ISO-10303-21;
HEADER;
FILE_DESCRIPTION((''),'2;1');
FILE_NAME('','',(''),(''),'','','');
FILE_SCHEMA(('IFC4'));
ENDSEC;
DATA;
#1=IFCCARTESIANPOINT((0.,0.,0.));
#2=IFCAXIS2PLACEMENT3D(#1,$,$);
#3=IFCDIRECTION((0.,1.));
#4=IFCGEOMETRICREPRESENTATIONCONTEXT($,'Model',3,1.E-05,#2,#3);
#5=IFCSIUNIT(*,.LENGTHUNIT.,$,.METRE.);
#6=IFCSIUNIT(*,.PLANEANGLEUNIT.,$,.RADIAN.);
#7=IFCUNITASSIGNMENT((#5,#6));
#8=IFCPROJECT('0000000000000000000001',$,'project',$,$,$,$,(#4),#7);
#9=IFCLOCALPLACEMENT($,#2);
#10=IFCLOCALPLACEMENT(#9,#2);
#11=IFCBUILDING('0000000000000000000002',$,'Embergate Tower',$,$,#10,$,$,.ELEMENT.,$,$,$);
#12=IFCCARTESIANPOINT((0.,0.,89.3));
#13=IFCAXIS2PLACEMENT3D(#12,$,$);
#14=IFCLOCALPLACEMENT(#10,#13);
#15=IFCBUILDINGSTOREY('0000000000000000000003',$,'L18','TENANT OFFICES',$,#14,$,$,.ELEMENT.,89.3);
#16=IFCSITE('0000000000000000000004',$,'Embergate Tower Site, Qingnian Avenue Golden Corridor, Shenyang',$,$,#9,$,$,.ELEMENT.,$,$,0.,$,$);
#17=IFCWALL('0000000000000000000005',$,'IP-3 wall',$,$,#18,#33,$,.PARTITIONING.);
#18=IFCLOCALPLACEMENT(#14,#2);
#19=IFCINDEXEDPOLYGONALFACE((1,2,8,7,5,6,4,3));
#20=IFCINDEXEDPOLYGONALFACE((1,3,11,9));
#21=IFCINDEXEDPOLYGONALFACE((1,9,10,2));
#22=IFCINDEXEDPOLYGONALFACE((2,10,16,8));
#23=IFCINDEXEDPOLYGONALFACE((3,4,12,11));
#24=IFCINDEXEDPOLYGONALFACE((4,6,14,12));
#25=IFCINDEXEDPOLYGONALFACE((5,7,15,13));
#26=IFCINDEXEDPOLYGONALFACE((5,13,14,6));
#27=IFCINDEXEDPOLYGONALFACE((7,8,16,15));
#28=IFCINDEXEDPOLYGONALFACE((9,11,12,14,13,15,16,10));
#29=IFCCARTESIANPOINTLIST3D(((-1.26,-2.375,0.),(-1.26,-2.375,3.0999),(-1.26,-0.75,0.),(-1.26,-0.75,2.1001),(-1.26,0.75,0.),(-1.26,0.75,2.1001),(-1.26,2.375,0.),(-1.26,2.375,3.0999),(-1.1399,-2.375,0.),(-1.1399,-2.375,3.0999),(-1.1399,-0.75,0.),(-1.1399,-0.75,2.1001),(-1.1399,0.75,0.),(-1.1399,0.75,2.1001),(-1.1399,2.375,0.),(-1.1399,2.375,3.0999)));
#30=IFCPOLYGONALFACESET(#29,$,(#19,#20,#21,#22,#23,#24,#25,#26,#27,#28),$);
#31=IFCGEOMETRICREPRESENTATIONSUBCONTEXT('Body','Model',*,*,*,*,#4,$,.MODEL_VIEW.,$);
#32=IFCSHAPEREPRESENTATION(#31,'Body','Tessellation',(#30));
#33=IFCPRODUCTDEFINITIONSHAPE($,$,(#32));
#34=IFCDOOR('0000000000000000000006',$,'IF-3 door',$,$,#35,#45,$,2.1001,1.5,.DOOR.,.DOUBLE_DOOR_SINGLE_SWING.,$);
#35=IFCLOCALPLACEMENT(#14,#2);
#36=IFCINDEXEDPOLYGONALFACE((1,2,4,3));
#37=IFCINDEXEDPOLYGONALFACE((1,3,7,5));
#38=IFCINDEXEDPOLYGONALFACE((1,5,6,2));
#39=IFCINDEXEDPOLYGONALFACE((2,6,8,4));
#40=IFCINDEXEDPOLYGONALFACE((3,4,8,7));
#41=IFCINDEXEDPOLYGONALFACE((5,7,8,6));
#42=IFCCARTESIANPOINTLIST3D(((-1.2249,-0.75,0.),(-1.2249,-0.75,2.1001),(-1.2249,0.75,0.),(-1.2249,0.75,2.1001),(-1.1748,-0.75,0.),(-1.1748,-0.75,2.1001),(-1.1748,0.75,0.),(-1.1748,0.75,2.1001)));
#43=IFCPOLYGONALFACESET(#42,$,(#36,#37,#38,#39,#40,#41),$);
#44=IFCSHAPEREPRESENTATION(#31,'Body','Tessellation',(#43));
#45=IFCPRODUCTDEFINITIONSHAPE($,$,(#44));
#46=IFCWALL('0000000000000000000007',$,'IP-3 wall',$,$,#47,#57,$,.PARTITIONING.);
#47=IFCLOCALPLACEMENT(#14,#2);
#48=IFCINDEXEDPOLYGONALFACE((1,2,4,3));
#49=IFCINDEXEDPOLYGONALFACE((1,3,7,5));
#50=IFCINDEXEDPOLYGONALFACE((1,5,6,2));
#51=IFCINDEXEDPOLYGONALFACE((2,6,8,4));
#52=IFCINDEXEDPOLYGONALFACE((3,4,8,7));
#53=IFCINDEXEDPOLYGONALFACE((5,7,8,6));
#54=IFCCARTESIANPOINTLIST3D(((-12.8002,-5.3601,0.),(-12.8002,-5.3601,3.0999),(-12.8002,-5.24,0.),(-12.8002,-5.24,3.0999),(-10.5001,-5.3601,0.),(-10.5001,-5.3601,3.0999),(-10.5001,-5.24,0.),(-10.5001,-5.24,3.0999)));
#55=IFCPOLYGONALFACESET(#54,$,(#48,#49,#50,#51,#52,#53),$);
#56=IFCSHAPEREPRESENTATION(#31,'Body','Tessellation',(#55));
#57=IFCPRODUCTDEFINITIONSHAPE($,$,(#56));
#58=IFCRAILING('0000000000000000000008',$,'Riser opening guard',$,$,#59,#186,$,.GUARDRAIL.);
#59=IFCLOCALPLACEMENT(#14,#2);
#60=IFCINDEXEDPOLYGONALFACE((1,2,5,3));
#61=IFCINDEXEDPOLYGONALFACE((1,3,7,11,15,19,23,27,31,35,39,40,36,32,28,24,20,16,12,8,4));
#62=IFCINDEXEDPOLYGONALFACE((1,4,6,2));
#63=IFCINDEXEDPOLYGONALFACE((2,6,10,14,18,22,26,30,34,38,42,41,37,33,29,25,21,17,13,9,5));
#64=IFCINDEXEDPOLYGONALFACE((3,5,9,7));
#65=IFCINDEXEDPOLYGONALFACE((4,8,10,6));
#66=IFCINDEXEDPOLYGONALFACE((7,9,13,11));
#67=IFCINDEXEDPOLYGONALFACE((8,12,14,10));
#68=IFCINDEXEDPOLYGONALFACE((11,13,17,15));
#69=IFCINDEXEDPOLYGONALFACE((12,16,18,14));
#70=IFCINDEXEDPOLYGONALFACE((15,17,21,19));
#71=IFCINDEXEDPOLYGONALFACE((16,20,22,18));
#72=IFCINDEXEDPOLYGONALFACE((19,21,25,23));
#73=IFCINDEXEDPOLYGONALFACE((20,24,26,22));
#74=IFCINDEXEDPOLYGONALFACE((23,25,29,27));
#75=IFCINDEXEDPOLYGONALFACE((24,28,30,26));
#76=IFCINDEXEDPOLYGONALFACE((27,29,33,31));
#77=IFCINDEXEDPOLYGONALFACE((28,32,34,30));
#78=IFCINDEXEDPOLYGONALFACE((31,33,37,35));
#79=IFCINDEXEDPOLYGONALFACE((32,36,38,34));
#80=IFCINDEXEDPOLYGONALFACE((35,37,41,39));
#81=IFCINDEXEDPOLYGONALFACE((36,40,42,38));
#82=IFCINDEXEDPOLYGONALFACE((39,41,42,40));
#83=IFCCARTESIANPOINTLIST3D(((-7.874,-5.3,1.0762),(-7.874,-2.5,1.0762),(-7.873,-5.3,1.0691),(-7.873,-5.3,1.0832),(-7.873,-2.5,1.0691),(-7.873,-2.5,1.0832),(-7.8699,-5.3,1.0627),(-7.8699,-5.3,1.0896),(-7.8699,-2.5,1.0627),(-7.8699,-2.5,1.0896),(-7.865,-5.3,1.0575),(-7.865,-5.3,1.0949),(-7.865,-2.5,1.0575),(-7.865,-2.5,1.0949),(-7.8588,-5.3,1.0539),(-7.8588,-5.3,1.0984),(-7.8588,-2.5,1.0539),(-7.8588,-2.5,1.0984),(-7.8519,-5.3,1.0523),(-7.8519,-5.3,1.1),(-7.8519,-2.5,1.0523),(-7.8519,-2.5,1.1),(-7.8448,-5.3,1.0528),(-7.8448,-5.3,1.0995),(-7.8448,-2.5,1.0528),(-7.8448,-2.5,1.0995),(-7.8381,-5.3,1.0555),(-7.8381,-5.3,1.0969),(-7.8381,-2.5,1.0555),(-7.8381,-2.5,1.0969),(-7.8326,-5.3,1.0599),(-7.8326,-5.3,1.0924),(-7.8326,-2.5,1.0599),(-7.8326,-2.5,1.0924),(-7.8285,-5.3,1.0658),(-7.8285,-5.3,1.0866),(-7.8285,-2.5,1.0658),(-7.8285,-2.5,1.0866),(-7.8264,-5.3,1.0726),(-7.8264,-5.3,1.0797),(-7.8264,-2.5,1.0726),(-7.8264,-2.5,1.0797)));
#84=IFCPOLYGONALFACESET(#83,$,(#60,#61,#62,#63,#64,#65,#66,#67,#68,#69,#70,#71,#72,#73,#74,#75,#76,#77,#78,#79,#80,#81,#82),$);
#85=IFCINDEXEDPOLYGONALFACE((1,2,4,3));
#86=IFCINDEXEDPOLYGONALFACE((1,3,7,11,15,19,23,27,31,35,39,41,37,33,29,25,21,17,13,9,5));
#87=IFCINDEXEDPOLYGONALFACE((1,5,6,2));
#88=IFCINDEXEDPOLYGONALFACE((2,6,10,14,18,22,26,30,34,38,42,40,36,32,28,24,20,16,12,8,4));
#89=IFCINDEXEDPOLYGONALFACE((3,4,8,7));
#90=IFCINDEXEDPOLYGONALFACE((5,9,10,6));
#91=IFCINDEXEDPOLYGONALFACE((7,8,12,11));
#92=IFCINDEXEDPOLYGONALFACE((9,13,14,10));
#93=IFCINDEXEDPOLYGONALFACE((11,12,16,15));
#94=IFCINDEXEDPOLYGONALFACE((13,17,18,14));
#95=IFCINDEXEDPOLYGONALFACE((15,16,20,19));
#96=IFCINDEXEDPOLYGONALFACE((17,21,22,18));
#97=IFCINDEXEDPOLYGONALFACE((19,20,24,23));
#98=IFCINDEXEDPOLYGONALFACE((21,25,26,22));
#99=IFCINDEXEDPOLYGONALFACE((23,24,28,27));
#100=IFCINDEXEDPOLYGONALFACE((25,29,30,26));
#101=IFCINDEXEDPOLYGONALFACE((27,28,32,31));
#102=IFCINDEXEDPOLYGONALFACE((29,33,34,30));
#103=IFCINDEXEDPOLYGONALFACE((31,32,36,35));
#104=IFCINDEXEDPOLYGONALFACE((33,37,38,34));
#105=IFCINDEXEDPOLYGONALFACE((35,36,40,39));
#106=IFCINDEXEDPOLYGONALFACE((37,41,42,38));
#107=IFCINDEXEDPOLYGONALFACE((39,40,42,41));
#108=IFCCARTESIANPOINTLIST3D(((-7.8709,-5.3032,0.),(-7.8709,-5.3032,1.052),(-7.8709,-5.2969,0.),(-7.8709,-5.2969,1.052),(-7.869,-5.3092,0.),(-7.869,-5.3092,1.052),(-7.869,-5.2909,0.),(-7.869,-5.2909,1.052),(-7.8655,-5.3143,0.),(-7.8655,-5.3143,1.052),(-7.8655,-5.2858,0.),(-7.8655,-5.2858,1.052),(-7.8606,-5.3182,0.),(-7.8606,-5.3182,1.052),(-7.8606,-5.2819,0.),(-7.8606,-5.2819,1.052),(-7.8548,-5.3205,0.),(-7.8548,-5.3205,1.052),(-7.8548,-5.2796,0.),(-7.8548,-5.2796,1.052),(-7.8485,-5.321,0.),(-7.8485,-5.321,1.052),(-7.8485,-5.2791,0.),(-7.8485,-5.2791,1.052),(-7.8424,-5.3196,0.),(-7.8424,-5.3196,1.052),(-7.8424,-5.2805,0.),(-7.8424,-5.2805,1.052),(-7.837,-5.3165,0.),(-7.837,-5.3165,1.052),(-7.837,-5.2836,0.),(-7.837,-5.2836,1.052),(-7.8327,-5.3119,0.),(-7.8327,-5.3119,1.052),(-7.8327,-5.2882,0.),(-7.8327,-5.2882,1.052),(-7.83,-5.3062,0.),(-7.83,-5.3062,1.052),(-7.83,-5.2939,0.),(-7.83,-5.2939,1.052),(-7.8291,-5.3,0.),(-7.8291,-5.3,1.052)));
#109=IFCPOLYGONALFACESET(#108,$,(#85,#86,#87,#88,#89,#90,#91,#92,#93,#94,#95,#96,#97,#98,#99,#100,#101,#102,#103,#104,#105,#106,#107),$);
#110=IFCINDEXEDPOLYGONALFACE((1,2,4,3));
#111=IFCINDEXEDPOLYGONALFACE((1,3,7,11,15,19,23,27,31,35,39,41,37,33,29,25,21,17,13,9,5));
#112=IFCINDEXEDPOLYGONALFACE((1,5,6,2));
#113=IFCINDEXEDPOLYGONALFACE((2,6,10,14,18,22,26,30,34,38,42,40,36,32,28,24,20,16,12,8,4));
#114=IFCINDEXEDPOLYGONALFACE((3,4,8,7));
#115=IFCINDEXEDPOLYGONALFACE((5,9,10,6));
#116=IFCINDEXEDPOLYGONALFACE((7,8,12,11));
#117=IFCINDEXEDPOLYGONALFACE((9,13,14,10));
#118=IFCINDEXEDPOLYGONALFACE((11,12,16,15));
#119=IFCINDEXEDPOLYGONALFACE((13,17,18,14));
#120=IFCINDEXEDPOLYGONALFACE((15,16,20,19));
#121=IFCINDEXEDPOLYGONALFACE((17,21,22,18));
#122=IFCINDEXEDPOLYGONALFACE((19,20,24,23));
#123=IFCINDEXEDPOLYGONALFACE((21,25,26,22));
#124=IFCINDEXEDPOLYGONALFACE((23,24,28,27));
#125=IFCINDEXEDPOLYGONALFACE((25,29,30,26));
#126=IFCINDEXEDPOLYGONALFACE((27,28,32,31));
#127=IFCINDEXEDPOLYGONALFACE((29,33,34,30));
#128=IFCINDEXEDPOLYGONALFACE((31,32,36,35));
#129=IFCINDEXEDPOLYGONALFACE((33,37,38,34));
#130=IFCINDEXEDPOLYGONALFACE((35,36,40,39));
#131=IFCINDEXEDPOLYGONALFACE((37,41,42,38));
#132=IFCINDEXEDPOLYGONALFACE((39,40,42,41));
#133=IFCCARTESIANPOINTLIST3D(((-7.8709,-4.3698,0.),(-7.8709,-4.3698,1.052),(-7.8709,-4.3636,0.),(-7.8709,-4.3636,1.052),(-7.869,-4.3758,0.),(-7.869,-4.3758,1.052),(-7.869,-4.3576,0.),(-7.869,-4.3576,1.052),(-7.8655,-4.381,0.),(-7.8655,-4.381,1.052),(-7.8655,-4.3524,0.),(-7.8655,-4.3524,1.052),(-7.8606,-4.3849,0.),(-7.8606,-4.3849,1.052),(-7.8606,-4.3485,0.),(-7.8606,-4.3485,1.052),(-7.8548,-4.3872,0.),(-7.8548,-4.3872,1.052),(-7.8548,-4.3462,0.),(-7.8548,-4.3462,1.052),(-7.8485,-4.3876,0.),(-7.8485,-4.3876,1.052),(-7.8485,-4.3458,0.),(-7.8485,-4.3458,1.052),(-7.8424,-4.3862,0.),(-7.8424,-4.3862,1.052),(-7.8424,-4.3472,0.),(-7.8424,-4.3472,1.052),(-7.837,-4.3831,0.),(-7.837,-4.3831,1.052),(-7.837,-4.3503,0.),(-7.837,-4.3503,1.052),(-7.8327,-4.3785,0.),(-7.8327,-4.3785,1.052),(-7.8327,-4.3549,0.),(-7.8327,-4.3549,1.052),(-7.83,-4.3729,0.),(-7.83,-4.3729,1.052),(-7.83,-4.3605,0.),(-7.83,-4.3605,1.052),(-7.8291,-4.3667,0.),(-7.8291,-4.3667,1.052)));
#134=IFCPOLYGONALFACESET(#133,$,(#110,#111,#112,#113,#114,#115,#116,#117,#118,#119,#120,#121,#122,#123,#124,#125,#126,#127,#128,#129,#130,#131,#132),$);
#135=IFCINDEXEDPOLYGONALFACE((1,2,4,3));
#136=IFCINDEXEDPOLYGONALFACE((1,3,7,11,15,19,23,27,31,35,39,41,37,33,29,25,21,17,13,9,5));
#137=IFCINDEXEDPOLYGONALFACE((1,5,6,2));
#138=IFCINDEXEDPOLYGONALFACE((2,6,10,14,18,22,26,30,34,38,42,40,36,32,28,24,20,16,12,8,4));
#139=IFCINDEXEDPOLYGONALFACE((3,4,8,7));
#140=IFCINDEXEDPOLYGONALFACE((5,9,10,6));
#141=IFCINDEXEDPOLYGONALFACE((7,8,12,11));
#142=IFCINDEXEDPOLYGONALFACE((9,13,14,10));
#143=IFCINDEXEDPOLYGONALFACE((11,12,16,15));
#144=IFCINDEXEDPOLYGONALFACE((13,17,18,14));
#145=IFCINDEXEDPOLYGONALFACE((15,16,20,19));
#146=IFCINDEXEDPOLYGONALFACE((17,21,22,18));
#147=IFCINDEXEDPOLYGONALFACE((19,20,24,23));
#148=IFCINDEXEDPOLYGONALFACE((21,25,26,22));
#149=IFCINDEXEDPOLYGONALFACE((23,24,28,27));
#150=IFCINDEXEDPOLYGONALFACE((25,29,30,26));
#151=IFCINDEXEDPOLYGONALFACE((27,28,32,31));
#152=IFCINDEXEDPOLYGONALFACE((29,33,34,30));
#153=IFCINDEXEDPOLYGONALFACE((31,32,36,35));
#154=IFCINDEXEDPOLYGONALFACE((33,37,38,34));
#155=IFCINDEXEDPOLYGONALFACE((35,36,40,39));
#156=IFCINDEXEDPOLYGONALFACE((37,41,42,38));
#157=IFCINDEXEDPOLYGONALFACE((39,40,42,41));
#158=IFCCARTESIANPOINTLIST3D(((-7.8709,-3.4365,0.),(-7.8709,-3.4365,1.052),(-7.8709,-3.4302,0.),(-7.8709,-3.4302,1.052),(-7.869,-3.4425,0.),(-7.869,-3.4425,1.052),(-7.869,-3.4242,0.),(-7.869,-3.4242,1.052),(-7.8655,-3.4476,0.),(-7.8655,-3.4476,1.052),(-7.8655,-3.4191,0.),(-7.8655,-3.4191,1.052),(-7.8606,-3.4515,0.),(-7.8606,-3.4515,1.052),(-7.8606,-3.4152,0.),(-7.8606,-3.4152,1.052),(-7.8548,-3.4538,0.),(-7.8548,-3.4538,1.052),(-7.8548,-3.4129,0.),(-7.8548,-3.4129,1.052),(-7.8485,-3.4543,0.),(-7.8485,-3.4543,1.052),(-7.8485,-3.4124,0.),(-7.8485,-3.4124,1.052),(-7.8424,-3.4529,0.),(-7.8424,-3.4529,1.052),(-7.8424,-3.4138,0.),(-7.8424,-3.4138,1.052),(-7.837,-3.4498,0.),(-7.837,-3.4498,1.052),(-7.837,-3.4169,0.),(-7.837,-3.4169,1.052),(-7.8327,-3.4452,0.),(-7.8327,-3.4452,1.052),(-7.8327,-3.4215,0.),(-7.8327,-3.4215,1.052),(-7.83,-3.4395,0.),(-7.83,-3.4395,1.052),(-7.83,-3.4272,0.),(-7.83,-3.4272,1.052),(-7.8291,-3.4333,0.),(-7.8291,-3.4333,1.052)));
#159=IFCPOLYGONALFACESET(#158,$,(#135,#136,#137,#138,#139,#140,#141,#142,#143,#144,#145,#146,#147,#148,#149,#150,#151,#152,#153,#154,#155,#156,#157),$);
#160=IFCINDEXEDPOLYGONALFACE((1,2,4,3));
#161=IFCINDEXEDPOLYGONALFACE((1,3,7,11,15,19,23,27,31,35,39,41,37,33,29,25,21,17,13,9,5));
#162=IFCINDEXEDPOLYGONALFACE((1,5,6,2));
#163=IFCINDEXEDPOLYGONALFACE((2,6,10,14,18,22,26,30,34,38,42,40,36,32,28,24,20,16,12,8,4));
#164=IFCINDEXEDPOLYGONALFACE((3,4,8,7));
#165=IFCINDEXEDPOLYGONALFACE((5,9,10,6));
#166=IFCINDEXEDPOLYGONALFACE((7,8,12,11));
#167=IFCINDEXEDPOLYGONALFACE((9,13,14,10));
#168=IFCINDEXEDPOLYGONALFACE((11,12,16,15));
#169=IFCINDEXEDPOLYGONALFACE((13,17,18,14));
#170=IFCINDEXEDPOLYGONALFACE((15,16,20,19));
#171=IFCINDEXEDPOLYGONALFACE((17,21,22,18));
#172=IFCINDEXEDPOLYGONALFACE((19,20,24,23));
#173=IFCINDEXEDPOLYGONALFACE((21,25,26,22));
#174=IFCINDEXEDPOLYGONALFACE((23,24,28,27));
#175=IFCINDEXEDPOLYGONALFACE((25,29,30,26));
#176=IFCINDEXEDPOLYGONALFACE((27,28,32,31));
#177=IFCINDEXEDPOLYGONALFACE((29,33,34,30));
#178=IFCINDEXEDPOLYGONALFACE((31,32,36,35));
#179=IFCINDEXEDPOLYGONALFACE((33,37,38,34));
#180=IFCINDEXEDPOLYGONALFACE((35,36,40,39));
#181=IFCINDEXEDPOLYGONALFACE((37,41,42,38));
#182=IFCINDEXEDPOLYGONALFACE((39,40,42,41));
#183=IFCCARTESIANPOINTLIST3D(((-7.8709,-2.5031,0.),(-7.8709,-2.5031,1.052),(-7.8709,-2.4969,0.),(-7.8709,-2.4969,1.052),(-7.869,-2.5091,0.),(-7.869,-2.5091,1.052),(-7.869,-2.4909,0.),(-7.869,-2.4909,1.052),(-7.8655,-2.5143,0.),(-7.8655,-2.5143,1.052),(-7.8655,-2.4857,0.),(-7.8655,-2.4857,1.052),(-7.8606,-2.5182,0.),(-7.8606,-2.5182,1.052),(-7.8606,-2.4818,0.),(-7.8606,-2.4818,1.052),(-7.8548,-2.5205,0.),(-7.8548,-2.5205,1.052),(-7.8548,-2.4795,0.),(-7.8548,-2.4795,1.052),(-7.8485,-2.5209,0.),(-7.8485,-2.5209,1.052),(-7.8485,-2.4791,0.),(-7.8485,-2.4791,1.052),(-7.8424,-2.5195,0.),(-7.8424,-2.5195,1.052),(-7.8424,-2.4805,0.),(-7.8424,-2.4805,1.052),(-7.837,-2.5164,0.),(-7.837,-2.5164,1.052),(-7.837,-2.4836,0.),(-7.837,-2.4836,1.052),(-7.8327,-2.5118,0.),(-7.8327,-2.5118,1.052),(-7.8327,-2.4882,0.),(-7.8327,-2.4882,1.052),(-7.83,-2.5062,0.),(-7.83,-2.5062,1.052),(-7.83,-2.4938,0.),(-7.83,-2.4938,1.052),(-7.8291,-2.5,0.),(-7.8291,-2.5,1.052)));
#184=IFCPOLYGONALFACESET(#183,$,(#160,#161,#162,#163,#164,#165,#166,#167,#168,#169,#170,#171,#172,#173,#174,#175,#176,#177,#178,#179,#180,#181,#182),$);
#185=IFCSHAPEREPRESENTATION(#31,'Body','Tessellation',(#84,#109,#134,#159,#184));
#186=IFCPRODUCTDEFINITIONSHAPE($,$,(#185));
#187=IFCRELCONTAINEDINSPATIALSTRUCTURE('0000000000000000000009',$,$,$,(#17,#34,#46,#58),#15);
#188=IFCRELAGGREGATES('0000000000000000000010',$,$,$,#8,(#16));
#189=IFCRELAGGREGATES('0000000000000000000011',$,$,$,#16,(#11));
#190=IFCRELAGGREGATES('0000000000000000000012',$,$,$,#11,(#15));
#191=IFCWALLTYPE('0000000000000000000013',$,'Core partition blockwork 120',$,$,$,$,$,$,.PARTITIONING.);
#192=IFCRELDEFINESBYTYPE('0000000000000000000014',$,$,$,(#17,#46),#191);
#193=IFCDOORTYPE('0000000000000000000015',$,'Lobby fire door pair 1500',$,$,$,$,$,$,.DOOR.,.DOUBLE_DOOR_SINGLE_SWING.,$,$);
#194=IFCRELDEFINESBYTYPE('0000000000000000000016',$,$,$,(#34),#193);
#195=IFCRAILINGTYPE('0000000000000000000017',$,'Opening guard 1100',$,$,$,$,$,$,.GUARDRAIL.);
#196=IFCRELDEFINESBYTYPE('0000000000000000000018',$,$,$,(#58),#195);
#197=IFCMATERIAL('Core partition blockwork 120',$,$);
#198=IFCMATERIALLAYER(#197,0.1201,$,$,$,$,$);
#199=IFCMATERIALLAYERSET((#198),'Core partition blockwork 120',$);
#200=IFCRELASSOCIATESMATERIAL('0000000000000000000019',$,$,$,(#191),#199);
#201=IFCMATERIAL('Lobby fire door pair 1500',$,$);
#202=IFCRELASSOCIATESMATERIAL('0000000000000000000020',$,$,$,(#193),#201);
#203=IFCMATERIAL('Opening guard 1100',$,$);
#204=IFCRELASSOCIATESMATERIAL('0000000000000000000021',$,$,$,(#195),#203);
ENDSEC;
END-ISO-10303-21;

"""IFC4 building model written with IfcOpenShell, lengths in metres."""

from ifc_helpers import new_model, si_unit, direction, frame, frame_2d, origin, origin_2d, place, context, subcontext, project, spatial, rectangle, circle, extrude, source, transform, mapped, material, layer, layer_set, type_object, element, fill, save


model = new_model("IFC4")

# Units and contexts
model_context = context("Model", 3, precision=1e-05, world=origin(), true_north=direction((0.0, 1.0)))
body_context = subcontext(model_context, "Body", "Model", "MODEL_VIEW")
ifc_project = project(units=[si_unit("LENGTHUNIT", "METRE"), si_unit("PLANEANGLEUNIT", "RADIAN")], contexts=[model_context])

# Site, building, storey
site_placement = place(None, origin())
site = spatial("IfcSite", under=ifc_project, at=site_placement, Name="Embergate Tower Site, Qingnian Avenue Golden Corridor, Shenyang", CompositionType="ELEMENT", RefElevation=0.0)
building_placement = place(site_placement, origin())
building = spatial("IfcBuilding", under=site, at=building_placement, Name="Embergate Tower", CompositionType="ELEMENT")
storey_placement = place(building_placement, frame((0.0, 0.0, 89.3)))
storey = spatial("IfcBuildingStorey", under=building, at=storey_placement, Name="L18", Description="TENANT OFFICES", CompositionType="ELEMENT", Elevation=89.3)

# Wall, opening, door
ifc_material_1 = material(Name="Core partition blockwork 120")
ifc_layer_1 = layer(ifc_material_1, 0.1201)
ifc_layer_set_1 = layer_set([ifc_layer_1], Name="Core partition blockwork 120")
wall_type_1 = type_object("IfcWallType", Name="Core partition blockwork 120", PredefinedType="PARTITIONING", material=ifc_layer_set_1)
shared_shape_1 = source(origin(), body_context, "Body", "SweptSolid", [
    extrude(rectangle(XDim=4.75, YDim=0.1201, at=frame_2d((2.375, 0.0))), origin(), (0.0, 0.0, 1.0), 3.0999),
])
wall_1_placement = place(storey_placement, frame((-1.2, -2.375, 0.0), z_axis=(0.0, 0.0, 1.0), x_axis=(0.0, 1.0, 0.0)))
wall_1 = element("IfcWall", 1, at=wall_1_placement, inside=storey, type_object=wall_type_1, Name="IP-3 wall", PredefinedType="PARTITIONING", context=body_context, shape_type="MappedRepresentation", body=[
    mapped(shared_shape_1, transform((0.0, 0.0, 0.0))),
])
shared_shape_2 = source(origin(), body_context, "Body", "SweptSolid", [
    extrude(rectangle(XDim=1.5, YDim=2.1001, at=frame_2d((0.75, 1.05))), frame((0.0, 0.0701, 0.0), z_axis=(0.0, -1.0, 0.0), x_axis=(1.0, 0.0, 0.0)), (0.0, 0.0, 1.0), 0.1401),
])
opening_1_placement = place(wall_1_placement, frame((1.625, 0.0, 0.0)))
opening_1 = element("IfcOpeningElement", 2, at=opening_1_placement, cuts=wall_1, PredefinedType="OPENING", context=body_context, shape_type="MappedRepresentation", body=[
    mapped(shared_shape_2, transform((0.0, 0.0, 0.0))),
])
ifc_material_2 = material(Name="Lobby fire door pair 1500")
door_type_1 = type_object("IfcDoorType", Name="Lobby fire door pair 1500", OperationType="DOUBLE_DOOR_SINGLE_SWING", PredefinedType="DOOR", material=ifc_material_2)
shared_shape_3 = source(origin(), body_context, "Body", "SweptSolid", [
    extrude(rectangle(XDim=1.5, YDim=2.1001, at=frame_2d((0.75, 1.05))), frame((0.0, 0.0249, 0.0), z_axis=(0.0, -1.0, 0.0), x_axis=(1.0, 0.0, 0.0)), (0.0, 0.0, 1.0), 0.05),
])
door_1_placement = place(opening_1_placement, origin())
door_1 = element("IfcDoor", 3, at=door_1_placement, inside=storey, type_object=door_type_1, Name="IF-3 door", OperationType="DOUBLE_DOOR_SINGLE_SWING", OverallHeight=2.1001, OverallWidth=1.5, PredefinedType="DOOR", context=body_context, shape_type="MappedRepresentation", body=[
    mapped(shared_shape_3, transform((0.0, 0.0, 0.0))),
])
fill(opening_1, door_1)

# Wall
shared_shape_4 = source(origin(), body_context, "Body", "SweptSolid", [
    extrude(rectangle(XDim=2.3, YDim=0.1201, at=frame_2d((1.1499, 0.0))), origin(), (0.0, 0.0, 1.0), 3.0999),
])
wall_2_placement = place(storey_placement, frame((-12.8, -5.3, 0.0), z_axis=(0.0, 0.0, 1.0), x_axis=(1.0, 0.0, 0.0)))
element("IfcWall", 4, at=wall_2_placement, inside=storey, type_object=wall_type_1, Name="IP-3 wall", PredefinedType="PARTITIONING", context=body_context, shape_type="MappedRepresentation", body=[
    mapped(shared_shape_4, transform((0.0, 0.0, 0.0))),
])

# Railing
ifc_material_3 = material(Name="Opening guard 1100")
railing_type_1 = type_object("IfcRailingType", Name="Opening guard 1100", PredefinedType="GUARDRAIL", material=ifc_material_3)
shared_shape_5 = source(origin(), body_context, "Body", "SweptSolid", [
    extrude(circle(Radius=0.0239, at=origin_2d()), frame((0.0, 0.0, 1.0762), z_axis=(0.0, 1.0, 0.0), x_axis=(-1.0, 0.0, 0.0)), (0.0, 0.0, 1.0), 2.8),
    extrude(circle(Radius=0.021, at=origin_2d()), origin(), (0.0, 0.0, 1.0), 1.052),
    extrude(circle(Radius=0.021, at=origin_2d()), frame((0.0, 0.9333, 0.0)), (0.0, 0.0, 1.0), 1.052),
    extrude(circle(Radius=0.021, at=origin_2d()), frame((0.0, 1.8667, 0.0)), (0.0, 0.0, 1.0), 1.052),
    extrude(circle(Radius=0.021, at=origin_2d()), frame((0.0, 2.8, 0.0)), (0.0, 0.0, 1.0), 1.052),
])
railing_1_placement = place(storey_placement, frame((-7.8501, -5.3, 0.0)))
element("IfcRailing", 5, at=railing_1_placement, inside=storey, type_object=railing_type_1, Name="Riser opening guard", PredefinedType="GUARDRAIL", context=body_context, shape_type="MappedRepresentation", body=[
    mapped(shared_shape_5, transform((0.0, 0.0, 0.0))),
])

save(model, "model.ifc")
